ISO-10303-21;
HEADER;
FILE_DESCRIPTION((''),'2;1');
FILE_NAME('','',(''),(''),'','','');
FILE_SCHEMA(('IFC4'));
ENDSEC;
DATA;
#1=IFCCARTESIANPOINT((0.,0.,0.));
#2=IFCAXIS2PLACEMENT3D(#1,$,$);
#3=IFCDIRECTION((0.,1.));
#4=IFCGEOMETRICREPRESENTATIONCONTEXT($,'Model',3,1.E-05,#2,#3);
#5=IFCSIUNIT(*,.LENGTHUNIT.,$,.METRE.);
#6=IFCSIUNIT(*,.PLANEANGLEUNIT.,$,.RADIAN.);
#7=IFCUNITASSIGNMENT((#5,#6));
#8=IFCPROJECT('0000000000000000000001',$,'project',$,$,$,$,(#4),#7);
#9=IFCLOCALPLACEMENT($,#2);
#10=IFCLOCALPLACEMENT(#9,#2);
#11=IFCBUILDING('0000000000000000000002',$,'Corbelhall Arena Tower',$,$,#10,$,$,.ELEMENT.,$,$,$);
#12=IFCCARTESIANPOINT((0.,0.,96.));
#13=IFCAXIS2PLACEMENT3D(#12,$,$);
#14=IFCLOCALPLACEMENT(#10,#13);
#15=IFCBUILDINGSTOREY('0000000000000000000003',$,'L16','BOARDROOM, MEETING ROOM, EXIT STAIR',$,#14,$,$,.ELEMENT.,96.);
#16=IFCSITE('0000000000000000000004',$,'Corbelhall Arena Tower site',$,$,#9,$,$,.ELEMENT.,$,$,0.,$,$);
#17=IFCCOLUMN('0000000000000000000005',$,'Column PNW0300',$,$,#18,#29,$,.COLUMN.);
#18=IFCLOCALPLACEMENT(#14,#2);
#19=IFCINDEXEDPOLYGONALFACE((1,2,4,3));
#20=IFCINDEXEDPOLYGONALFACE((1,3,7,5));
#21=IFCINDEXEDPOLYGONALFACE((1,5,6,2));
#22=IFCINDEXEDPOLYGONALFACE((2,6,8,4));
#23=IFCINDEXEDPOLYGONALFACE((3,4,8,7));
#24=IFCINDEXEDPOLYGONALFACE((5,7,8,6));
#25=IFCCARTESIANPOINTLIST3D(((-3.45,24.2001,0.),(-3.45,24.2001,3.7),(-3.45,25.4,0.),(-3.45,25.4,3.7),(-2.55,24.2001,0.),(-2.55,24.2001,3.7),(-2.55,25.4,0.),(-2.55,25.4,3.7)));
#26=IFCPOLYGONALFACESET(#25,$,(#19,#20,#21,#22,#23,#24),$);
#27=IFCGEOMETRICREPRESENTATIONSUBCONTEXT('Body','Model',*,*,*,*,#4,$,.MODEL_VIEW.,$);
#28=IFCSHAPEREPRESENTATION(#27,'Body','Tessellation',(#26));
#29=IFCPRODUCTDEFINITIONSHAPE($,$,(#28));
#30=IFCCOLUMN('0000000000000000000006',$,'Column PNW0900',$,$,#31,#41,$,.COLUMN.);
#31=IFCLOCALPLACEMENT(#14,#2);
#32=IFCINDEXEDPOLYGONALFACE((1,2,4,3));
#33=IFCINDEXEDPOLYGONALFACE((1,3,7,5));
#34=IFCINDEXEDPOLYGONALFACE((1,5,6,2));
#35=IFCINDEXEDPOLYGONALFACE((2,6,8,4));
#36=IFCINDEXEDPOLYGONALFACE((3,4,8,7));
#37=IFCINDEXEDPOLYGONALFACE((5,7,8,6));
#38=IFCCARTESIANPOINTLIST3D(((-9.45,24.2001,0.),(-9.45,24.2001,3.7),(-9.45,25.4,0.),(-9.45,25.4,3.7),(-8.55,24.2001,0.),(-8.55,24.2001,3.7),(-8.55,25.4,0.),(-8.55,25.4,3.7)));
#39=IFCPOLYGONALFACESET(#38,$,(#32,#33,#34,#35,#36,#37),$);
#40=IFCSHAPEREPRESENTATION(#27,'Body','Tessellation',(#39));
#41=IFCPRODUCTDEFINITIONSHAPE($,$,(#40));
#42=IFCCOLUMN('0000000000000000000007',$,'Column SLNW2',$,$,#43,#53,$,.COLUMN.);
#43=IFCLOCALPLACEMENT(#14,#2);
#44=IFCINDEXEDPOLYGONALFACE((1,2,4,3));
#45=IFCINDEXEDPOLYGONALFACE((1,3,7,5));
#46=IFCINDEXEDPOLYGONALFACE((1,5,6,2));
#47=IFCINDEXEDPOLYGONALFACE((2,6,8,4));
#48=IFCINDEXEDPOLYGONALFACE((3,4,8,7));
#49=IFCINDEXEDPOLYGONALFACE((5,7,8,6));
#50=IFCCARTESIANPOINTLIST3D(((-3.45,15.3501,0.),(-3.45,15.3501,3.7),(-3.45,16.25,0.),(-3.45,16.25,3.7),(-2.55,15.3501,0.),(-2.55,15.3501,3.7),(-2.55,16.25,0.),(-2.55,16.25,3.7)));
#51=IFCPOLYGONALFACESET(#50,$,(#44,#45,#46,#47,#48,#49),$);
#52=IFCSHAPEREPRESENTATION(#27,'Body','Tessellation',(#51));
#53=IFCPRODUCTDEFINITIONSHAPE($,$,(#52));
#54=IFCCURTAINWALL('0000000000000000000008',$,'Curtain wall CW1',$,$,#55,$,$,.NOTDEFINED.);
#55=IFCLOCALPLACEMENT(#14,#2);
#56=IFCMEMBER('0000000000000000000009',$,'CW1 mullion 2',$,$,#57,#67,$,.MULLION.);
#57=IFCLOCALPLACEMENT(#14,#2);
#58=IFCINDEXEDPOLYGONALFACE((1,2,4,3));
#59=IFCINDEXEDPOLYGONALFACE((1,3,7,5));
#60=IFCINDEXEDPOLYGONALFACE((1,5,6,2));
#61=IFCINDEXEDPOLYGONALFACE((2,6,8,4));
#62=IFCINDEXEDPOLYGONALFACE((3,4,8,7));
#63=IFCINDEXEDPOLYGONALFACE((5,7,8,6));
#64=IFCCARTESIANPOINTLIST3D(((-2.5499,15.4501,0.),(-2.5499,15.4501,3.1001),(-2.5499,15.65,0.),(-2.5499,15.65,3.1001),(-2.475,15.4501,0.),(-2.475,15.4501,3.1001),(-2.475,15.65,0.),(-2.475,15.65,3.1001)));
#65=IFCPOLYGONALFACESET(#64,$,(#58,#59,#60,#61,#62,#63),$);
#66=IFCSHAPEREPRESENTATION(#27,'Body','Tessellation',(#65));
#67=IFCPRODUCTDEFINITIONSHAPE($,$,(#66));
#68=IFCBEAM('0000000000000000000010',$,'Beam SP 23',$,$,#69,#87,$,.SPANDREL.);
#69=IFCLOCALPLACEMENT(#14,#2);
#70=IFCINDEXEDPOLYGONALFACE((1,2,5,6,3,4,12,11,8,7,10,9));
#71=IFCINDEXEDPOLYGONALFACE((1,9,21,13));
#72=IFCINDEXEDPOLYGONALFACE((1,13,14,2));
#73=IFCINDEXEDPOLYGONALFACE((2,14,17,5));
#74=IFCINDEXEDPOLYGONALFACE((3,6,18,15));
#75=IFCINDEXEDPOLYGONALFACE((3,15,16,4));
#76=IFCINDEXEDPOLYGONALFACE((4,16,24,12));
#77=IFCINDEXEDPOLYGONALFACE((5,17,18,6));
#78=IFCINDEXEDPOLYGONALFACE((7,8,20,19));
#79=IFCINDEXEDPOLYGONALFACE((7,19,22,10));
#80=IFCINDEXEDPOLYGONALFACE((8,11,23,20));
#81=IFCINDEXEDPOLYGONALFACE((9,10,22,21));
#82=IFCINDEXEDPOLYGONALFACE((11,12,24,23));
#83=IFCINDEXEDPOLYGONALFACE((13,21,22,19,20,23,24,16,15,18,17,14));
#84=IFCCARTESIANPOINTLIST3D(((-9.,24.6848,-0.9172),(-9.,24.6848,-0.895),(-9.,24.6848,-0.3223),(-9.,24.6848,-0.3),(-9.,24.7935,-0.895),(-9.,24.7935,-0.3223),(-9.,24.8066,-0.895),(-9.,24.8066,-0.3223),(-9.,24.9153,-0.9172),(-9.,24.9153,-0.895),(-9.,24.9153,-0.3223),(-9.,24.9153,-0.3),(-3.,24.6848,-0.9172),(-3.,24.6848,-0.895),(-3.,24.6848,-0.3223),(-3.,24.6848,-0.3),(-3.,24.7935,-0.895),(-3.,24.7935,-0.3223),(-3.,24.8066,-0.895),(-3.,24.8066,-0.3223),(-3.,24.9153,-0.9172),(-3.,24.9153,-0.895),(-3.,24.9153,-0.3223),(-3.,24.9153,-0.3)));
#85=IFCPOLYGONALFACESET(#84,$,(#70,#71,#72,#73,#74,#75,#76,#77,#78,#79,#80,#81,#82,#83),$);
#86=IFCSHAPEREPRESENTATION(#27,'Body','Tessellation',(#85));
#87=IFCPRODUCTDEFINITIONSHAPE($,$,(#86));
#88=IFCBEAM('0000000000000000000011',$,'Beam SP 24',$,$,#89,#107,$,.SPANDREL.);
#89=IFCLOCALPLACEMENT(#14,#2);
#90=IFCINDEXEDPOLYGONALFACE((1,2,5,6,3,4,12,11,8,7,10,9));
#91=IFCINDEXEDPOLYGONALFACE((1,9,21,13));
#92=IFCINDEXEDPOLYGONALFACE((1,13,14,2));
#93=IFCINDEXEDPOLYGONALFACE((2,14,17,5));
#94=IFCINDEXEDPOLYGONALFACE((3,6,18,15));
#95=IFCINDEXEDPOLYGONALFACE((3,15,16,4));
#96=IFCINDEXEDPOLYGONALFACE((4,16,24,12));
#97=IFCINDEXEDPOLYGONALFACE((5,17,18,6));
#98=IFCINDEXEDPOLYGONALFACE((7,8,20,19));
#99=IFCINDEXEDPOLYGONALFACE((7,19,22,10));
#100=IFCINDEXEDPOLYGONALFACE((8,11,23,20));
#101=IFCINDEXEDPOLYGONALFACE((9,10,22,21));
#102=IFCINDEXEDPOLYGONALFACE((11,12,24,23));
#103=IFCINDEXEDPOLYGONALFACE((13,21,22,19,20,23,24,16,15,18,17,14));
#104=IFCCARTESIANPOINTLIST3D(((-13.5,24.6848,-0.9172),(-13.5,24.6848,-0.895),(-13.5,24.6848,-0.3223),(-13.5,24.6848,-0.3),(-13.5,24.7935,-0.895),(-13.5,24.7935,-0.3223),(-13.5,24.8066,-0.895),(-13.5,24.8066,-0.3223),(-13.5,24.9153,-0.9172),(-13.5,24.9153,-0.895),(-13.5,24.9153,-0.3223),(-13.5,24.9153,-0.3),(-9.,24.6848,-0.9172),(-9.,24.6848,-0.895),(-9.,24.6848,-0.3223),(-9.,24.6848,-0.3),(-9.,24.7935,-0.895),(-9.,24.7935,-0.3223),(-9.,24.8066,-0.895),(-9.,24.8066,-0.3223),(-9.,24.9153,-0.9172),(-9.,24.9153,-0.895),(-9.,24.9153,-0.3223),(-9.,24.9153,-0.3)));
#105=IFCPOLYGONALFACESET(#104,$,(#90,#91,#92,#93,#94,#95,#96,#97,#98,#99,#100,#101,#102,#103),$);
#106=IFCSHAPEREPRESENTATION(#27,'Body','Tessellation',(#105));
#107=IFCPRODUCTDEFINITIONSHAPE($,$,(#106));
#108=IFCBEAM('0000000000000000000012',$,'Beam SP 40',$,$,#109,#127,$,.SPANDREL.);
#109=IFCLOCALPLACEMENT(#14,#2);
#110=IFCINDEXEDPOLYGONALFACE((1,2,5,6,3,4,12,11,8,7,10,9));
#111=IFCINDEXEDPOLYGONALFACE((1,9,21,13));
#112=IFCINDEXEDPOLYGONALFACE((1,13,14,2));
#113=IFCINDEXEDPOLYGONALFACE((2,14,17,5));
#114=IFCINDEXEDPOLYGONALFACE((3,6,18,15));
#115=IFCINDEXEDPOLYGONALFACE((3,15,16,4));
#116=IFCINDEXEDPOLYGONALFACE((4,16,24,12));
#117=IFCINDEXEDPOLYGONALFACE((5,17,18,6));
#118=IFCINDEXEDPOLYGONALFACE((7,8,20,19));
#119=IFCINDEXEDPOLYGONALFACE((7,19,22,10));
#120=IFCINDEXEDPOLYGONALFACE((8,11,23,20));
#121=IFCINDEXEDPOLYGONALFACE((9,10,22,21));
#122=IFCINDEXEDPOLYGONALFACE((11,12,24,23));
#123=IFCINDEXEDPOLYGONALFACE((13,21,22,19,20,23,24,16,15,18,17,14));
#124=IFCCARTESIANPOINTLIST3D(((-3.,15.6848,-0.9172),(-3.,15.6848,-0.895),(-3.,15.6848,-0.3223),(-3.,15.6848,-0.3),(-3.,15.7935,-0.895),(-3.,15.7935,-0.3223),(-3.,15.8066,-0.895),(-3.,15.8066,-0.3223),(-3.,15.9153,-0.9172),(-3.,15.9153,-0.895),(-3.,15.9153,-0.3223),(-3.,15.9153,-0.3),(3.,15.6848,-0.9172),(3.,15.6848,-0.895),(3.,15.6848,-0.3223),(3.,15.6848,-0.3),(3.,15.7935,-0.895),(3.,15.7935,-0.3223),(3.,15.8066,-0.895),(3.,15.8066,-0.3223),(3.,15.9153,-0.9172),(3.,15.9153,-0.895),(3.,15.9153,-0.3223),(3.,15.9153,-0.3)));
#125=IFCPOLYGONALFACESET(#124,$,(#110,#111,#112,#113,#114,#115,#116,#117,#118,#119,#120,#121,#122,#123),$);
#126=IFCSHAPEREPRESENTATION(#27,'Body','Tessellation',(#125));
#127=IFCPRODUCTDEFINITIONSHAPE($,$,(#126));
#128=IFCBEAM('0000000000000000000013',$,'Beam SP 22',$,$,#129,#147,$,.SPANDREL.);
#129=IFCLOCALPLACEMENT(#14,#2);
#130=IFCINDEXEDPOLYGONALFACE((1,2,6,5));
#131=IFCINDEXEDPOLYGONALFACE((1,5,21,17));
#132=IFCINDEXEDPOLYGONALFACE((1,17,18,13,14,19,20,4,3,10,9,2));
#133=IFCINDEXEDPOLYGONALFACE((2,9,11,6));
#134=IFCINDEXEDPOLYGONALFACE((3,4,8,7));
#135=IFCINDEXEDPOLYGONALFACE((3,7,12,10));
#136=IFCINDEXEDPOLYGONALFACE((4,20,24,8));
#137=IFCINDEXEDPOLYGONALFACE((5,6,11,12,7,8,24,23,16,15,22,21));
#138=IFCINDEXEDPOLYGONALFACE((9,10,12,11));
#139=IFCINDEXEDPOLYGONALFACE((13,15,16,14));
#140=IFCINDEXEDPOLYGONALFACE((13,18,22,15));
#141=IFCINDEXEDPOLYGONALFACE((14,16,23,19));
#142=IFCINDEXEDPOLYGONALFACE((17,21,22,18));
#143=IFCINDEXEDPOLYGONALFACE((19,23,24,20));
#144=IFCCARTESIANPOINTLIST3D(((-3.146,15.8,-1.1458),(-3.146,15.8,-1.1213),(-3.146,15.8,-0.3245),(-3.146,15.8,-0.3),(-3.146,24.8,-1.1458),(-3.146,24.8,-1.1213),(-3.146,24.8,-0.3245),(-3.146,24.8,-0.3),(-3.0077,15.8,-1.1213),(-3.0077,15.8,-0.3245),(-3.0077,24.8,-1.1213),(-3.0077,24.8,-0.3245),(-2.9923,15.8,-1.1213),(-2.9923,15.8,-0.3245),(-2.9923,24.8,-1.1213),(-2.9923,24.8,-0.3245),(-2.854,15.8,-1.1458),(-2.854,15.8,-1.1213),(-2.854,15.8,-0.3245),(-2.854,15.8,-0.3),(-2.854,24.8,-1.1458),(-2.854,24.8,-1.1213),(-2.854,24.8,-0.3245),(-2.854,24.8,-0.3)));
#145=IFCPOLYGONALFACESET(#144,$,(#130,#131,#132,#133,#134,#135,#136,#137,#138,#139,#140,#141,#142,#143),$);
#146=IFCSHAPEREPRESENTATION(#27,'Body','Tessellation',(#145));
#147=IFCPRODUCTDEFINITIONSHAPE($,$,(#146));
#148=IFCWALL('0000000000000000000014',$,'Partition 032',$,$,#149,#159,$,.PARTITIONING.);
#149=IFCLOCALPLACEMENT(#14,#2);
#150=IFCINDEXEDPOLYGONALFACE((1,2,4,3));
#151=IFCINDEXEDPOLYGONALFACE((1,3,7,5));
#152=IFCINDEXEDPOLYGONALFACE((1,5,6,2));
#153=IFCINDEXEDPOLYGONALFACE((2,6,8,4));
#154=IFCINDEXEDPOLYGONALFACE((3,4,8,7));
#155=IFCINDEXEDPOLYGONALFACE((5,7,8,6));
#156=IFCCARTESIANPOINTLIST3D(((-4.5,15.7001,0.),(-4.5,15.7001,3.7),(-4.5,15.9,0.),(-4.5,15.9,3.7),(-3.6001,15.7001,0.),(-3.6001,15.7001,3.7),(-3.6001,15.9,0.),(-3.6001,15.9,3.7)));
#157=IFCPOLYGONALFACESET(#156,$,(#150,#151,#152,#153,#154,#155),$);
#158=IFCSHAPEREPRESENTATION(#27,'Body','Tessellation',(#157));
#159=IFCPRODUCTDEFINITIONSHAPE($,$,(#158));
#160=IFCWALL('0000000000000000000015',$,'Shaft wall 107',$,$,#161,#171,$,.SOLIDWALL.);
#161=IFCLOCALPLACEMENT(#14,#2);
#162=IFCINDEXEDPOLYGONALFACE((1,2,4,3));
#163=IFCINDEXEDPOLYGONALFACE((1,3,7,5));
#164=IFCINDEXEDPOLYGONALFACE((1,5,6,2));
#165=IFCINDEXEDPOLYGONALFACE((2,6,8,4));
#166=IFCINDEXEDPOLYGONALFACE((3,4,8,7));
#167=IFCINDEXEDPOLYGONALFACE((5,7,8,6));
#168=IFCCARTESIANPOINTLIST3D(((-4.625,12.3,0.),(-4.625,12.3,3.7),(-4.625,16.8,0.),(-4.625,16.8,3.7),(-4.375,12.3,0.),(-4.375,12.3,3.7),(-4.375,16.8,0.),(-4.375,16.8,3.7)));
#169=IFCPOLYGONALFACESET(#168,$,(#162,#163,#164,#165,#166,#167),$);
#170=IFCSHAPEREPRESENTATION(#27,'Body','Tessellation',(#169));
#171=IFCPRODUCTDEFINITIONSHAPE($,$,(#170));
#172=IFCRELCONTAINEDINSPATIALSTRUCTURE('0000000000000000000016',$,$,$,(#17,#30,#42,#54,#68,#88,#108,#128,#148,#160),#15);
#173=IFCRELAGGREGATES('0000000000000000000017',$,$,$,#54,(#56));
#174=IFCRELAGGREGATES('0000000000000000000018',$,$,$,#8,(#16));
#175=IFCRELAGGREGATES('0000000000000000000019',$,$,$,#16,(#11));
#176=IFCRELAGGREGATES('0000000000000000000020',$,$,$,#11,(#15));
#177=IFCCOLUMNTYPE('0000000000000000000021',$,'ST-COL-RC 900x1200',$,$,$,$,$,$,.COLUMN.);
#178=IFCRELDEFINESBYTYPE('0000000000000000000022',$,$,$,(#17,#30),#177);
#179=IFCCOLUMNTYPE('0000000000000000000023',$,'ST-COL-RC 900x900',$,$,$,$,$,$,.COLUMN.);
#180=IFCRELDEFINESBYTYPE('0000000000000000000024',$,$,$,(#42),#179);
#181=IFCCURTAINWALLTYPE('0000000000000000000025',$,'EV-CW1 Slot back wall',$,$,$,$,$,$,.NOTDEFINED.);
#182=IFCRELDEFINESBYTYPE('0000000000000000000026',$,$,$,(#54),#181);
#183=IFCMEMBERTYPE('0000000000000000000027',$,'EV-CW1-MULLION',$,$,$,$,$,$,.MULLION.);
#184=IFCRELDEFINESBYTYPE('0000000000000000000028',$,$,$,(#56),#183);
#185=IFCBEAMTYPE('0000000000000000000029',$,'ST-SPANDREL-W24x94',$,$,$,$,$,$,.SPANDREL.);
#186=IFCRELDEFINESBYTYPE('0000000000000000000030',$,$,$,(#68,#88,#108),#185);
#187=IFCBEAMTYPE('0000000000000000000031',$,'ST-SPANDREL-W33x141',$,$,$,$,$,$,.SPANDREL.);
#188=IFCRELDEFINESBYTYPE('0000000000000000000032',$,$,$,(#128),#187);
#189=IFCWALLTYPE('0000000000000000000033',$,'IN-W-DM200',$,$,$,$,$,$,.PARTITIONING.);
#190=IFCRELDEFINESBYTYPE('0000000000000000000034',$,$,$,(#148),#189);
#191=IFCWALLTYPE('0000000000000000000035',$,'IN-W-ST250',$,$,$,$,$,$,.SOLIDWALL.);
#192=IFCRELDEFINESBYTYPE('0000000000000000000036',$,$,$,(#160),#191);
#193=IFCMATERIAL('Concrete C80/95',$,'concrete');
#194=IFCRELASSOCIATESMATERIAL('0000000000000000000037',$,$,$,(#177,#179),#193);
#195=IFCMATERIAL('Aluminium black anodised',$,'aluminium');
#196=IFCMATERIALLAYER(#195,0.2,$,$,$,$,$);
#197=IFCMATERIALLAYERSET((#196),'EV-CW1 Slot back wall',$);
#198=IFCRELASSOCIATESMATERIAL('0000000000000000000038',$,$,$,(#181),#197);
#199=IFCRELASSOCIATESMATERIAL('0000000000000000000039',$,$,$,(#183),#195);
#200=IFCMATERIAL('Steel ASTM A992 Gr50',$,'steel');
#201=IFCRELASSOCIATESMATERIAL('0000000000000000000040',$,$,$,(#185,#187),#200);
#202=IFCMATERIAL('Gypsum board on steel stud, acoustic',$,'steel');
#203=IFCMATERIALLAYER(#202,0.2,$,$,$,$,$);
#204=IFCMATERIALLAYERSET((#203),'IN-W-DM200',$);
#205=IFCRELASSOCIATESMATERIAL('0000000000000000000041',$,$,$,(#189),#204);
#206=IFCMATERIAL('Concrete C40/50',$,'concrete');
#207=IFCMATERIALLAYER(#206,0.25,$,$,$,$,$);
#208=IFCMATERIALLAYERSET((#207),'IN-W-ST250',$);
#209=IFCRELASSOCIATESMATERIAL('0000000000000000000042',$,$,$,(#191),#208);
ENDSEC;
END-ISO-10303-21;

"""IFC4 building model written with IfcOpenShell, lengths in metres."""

from ifc_helpers import new_model, si_unit, direction, frame, frame_2d, origin, origin_2d, place, context, subcontext, project, spatial, rectangle, i_section, extrude, material, layer, layer_set, material_profile, profile_set, type_object, element, aggregate, save


model = new_model("IFC4")

# Units and contexts
model_context = context("Model", 3, precision=1e-05, world=origin(), true_north=direction((0.0, 1.0)))
body_context = subcontext(model_context, "Body", "Model", "MODEL_VIEW")
ifc_project = project(units=[si_unit("LENGTHUNIT", "METRE"), si_unit("PLANEANGLEUNIT", "RADIAN")], contexts=[model_context])

# Site, building, storey
site_placement = place(None, origin())
site = spatial("IfcSite", under=ifc_project, at=site_placement, Name="Corbelhall Arena Tower site", CompositionType="ELEMENT", RefElevation=0.0)
building_placement = place(site_placement, origin())
building = spatial("IfcBuilding", under=site, at=building_placement, Name="Corbelhall Arena Tower", CompositionType="ELEMENT")
storey_placement = place(building_placement, frame((0.0, 0.0, 96.0)))
storey = spatial("IfcBuildingStorey", under=building, at=storey_placement, Name="L16", Description="BOARDROOM, MEETING ROOM, EXIT STAIR", CompositionType="ELEMENT", Elevation=96.0)

# Columns
ifc_material_1 = material(Name="Concrete C80/95", Category="concrete")
ifc_material_profile_1 = material_profile(ifc_material_1, rectangle(XDim=0.8999, YDim=1.2, at=origin_2d()))
ifc_profile_set_1 = profile_set([ifc_material_profile_1], Name="Concrete C80/95")
column_type_1 = type_object("IfcColumnType", Name="ST-COL-RC 900x1200", PredefinedType="COLUMN", material=ifc_profile_set_1)
for number, where, z_axis, x_axis, name in (
    (1, (-3.0, 24.8, 0.0), (0.0, 0.0, 1.0), (1.0, 0.0, 0.0), "Column PNW0300"),
    (2, (-9.0, 24.8, 0.0), (0.0, 0.0, 1.0), (1.0, 0.0, 0.0), "Column PNW0900"),
):
    element("IfcColumn", number, at=place(storey_placement, frame(where, z_axis=z_axis, x_axis=x_axis)), inside=storey, type_object=column_type_1, Name=name, PredefinedType="COLUMN", context=body_context, shape_type="SweptSolid", body=[
        extrude(rectangle(XDim=0.8999, YDim=1.2, at=origin_2d()), origin(), (0.0, 0.0, 1.0), 3.7),
    ])
ifc_material_profile_2 = material_profile(ifc_material_1, rectangle(XDim=0.8999, YDim=0.8999, at=origin_2d()))
ifc_profile_set_2 = profile_set([ifc_material_profile_2], Name="Concrete C80/95")
column_type_2 = type_object("IfcColumnType", Name="ST-COL-RC 900x900", PredefinedType="COLUMN", material=ifc_profile_set_2)
column_placement = place(storey_placement, frame((-3.0, 15.8, 0.0), z_axis=(0.0, 0.0, 1.0), x_axis=(1.0, 0.0, 0.0)))
element("IfcColumn", 3, at=column_placement, inside=storey, type_object=column_type_2, Name="Column SLNW2", PredefinedType="COLUMN", context=body_context, shape_type="SweptSolid", body=[
    extrude(rectangle(XDim=0.8999, YDim=0.8999, at=origin_2d()), origin(), (0.0, 0.0, 1.0), 3.7),
])

# Curtain wall, member
ifc_material_2 = material(Name="Aluminium black anodised", Category="aluminium")
ifc_layer_1 = layer(ifc_material_2, 0.2)
ifc_layer_set_1 = layer_set([ifc_layer_1], Name="EV-CW1 Slot back wall")
curtain_wall_type = type_object("IfcCurtainWallType", Name="EV-CW1 Slot back wall", PredefinedType="NOTDEFINED", material=ifc_layer_set_1)
curtain_wall_placement = place(storey_placement, origin())
curtain_wall = element("IfcCurtainWall", 4, at=curtain_wall_placement, inside=storey, type_object=curtain_wall_type, Name="Curtain wall CW1", PredefinedType="NOTDEFINED")
ifc_material_profile_3 = material_profile(ifc_material_2, rectangle(XDim=0.2, YDim=0.075, at=origin_2d()))
ifc_profile_set_3 = profile_set([ifc_material_profile_3], Name="Aluminium black anodised")
member_type = type_object("IfcMemberType", Name="EV-CW1-MULLION", PredefinedType="MULLION", material=ifc_profile_set_3)
member_placement = place(storey_placement, frame((-2.5125, 15.55, 0.0), z_axis=(0.0, 0.0, 1.0), x_axis=(0.0, -1.0, 0.0)))
member = element("IfcMember", 5, at=member_placement, type_object=member_type, Name="CW1 mullion 2", PredefinedType="MULLION", context=body_context, shape_type="SweptSolid", body=[
    extrude(rectangle(XDim=0.2, YDim=0.075, at=origin_2d()), origin(), (0.0, 0.0, 1.0), 3.1001),
])
aggregate(curtain_wall, [member])

# Beams
ifc_material_3 = material(Name="Steel ASTM A992 Gr50", Category="steel")
ifc_material_profile_4 = material_profile(ifc_material_3, i_section(OverallWidth=0.2305, OverallDepth=0.6172, WebThickness=0.0132, FlangeThickness=0.0222, at=origin_2d()))
ifc_profile_set_4 = profile_set([ifc_material_profile_4], Name="Steel ASTM A992 Gr50")
beam_type_1 = type_object("IfcBeamType", Name="ST-SPANDREL-W24x94", PredefinedType="SPANDREL", material=ifc_profile_set_4)
beam_1_placement = place(storey_placement, frame((-9.0, 24.8, -0.6086), z_axis=(1.0, 0.0, 0.0), x_axis=(0.0, 1.0, 0.0)))
element("IfcBeam", 6, at=beam_1_placement, inside=storey, type_object=beam_type_1, Name="Beam SP 23", PredefinedType="SPANDREL", context=body_context, shape_type="SweptSolid", body=[
    extrude(i_section(OverallWidth=0.2305, OverallDepth=0.6172, WebThickness=0.0132, FlangeThickness=0.0222, at=origin_2d()), origin(), (0.0, 0.0, 1.0), 6.0),
])
beam_2_placement = place(storey_placement, frame((-13.5, 24.8, -0.6086), z_axis=(1.0, 0.0, 0.0), x_axis=(0.0, 1.0, 0.0)))
element("IfcBeam", 7, at=beam_2_placement, inside=storey, type_object=beam_type_1, Name="Beam SP 24", PredefinedType="SPANDREL", context=body_context, shape_type="SweptSolid", body=[
    extrude(i_section(OverallWidth=0.2305, OverallDepth=0.6172, WebThickness=0.0132, FlangeThickness=0.0222, at=origin_2d()), origin(), (0.0, 0.0, 1.0), 4.5),
])
beam_3_placement = place(storey_placement, frame((-3.0, 15.8, -0.6086), z_axis=(1.0, 0.0, 0.0), x_axis=(0.0, 1.0, 0.0)))
element("IfcBeam", 8, at=beam_3_placement, inside=storey, type_object=beam_type_1, Name="Beam SP 40", PredefinedType="SPANDREL", context=body_context, shape_type="SweptSolid", body=[
    extrude(i_section(OverallWidth=0.2305, OverallDepth=0.6172, WebThickness=0.0132, FlangeThickness=0.0222, at=origin_2d()), origin(), (0.0, 0.0, 1.0), 6.0),
])
ifc_material_profile_5 = material_profile(ifc_material_3, i_section(OverallWidth=0.292, OverallDepth=0.8457, WebThickness=0.0154, FlangeThickness=0.0244, at=origin_2d()))
ifc_profile_set_5 = profile_set([ifc_material_profile_5], Name="Steel ASTM A992 Gr50")
beam_type_2 = type_object("IfcBeamType", Name="ST-SPANDREL-W33x141", PredefinedType="SPANDREL", material=ifc_profile_set_5)
beam_4_placement = place(storey_placement, frame((-3.0, 24.8, -0.7229), z_axis=(0.0, -1.0, 0.0), x_axis=(1.0, 0.0, 0.0)))
element("IfcBeam", 9, at=beam_4_placement, inside=storey, type_object=beam_type_2, Name="Beam SP 22", PredefinedType="SPANDREL", context=body_context, shape_type="SweptSolid", body=[
    extrude(i_section(OverallWidth=0.292, OverallDepth=0.8457, WebThickness=0.0154, FlangeThickness=0.0244, at=origin_2d()), origin(), (0.0, 0.0, 1.0), 9.0),
])

# Walls
ifc_material_4 = material(Name="Gypsum board on steel stud, acoustic", Category="steel")
ifc_layer_2 = layer(ifc_material_4, 0.2)
ifc_layer_set_2 = layer_set([ifc_layer_2], Name="IN-W-DM200")
wall_type_1 = type_object("IfcWallType", Name="IN-W-DM200", PredefinedType="PARTITIONING", material=ifc_layer_set_2)
wall_1_placement = place(storey_placement, frame((-4.5, 15.8, 0.0), z_axis=(0.0, 0.0, 1.0), x_axis=(1.0, 0.0, 0.0)))
element("IfcWall", 10, at=wall_1_placement, inside=storey, type_object=wall_type_1, Name="Partition 032", PredefinedType="PARTITIONING", context=body_context, shape_type="SweptSolid", body=[
    extrude(rectangle(XDim=0.8999, YDim=0.2, at=frame_2d((0.45, 0.0))), origin(), (0.0, 0.0, 1.0), 3.7),
])
ifc_material_5 = material(Name="Concrete C40/50", Category="concrete")
ifc_layer_3 = layer(ifc_material_5, 0.25)
ifc_layer_set_3 = layer_set([ifc_layer_3], Name="IN-W-ST250")
wall_type_2 = type_object("IfcWallType", Name="IN-W-ST250", PredefinedType="SOLIDWALL", material=ifc_layer_set_3)
wall_2_placement = place(storey_placement, frame((-4.5, 16.8, 0.0), z_axis=(0.0, 0.0, 1.0), x_axis=(0.0, -1.0, 0.0)))
element("IfcWall", 11, at=wall_2_placement, inside=storey, type_object=wall_type_2, Name="Shaft wall 107", PredefinedType="SOLIDWALL", context=body_context, shape_type="SweptSolid", body=[
    extrude(rectangle(XDim=4.5, YDim=0.25, at=frame_2d((2.25, 0.0))), origin(), (0.0, 0.0, 1.0), 3.7),
])

save(model, "model.ifc")
